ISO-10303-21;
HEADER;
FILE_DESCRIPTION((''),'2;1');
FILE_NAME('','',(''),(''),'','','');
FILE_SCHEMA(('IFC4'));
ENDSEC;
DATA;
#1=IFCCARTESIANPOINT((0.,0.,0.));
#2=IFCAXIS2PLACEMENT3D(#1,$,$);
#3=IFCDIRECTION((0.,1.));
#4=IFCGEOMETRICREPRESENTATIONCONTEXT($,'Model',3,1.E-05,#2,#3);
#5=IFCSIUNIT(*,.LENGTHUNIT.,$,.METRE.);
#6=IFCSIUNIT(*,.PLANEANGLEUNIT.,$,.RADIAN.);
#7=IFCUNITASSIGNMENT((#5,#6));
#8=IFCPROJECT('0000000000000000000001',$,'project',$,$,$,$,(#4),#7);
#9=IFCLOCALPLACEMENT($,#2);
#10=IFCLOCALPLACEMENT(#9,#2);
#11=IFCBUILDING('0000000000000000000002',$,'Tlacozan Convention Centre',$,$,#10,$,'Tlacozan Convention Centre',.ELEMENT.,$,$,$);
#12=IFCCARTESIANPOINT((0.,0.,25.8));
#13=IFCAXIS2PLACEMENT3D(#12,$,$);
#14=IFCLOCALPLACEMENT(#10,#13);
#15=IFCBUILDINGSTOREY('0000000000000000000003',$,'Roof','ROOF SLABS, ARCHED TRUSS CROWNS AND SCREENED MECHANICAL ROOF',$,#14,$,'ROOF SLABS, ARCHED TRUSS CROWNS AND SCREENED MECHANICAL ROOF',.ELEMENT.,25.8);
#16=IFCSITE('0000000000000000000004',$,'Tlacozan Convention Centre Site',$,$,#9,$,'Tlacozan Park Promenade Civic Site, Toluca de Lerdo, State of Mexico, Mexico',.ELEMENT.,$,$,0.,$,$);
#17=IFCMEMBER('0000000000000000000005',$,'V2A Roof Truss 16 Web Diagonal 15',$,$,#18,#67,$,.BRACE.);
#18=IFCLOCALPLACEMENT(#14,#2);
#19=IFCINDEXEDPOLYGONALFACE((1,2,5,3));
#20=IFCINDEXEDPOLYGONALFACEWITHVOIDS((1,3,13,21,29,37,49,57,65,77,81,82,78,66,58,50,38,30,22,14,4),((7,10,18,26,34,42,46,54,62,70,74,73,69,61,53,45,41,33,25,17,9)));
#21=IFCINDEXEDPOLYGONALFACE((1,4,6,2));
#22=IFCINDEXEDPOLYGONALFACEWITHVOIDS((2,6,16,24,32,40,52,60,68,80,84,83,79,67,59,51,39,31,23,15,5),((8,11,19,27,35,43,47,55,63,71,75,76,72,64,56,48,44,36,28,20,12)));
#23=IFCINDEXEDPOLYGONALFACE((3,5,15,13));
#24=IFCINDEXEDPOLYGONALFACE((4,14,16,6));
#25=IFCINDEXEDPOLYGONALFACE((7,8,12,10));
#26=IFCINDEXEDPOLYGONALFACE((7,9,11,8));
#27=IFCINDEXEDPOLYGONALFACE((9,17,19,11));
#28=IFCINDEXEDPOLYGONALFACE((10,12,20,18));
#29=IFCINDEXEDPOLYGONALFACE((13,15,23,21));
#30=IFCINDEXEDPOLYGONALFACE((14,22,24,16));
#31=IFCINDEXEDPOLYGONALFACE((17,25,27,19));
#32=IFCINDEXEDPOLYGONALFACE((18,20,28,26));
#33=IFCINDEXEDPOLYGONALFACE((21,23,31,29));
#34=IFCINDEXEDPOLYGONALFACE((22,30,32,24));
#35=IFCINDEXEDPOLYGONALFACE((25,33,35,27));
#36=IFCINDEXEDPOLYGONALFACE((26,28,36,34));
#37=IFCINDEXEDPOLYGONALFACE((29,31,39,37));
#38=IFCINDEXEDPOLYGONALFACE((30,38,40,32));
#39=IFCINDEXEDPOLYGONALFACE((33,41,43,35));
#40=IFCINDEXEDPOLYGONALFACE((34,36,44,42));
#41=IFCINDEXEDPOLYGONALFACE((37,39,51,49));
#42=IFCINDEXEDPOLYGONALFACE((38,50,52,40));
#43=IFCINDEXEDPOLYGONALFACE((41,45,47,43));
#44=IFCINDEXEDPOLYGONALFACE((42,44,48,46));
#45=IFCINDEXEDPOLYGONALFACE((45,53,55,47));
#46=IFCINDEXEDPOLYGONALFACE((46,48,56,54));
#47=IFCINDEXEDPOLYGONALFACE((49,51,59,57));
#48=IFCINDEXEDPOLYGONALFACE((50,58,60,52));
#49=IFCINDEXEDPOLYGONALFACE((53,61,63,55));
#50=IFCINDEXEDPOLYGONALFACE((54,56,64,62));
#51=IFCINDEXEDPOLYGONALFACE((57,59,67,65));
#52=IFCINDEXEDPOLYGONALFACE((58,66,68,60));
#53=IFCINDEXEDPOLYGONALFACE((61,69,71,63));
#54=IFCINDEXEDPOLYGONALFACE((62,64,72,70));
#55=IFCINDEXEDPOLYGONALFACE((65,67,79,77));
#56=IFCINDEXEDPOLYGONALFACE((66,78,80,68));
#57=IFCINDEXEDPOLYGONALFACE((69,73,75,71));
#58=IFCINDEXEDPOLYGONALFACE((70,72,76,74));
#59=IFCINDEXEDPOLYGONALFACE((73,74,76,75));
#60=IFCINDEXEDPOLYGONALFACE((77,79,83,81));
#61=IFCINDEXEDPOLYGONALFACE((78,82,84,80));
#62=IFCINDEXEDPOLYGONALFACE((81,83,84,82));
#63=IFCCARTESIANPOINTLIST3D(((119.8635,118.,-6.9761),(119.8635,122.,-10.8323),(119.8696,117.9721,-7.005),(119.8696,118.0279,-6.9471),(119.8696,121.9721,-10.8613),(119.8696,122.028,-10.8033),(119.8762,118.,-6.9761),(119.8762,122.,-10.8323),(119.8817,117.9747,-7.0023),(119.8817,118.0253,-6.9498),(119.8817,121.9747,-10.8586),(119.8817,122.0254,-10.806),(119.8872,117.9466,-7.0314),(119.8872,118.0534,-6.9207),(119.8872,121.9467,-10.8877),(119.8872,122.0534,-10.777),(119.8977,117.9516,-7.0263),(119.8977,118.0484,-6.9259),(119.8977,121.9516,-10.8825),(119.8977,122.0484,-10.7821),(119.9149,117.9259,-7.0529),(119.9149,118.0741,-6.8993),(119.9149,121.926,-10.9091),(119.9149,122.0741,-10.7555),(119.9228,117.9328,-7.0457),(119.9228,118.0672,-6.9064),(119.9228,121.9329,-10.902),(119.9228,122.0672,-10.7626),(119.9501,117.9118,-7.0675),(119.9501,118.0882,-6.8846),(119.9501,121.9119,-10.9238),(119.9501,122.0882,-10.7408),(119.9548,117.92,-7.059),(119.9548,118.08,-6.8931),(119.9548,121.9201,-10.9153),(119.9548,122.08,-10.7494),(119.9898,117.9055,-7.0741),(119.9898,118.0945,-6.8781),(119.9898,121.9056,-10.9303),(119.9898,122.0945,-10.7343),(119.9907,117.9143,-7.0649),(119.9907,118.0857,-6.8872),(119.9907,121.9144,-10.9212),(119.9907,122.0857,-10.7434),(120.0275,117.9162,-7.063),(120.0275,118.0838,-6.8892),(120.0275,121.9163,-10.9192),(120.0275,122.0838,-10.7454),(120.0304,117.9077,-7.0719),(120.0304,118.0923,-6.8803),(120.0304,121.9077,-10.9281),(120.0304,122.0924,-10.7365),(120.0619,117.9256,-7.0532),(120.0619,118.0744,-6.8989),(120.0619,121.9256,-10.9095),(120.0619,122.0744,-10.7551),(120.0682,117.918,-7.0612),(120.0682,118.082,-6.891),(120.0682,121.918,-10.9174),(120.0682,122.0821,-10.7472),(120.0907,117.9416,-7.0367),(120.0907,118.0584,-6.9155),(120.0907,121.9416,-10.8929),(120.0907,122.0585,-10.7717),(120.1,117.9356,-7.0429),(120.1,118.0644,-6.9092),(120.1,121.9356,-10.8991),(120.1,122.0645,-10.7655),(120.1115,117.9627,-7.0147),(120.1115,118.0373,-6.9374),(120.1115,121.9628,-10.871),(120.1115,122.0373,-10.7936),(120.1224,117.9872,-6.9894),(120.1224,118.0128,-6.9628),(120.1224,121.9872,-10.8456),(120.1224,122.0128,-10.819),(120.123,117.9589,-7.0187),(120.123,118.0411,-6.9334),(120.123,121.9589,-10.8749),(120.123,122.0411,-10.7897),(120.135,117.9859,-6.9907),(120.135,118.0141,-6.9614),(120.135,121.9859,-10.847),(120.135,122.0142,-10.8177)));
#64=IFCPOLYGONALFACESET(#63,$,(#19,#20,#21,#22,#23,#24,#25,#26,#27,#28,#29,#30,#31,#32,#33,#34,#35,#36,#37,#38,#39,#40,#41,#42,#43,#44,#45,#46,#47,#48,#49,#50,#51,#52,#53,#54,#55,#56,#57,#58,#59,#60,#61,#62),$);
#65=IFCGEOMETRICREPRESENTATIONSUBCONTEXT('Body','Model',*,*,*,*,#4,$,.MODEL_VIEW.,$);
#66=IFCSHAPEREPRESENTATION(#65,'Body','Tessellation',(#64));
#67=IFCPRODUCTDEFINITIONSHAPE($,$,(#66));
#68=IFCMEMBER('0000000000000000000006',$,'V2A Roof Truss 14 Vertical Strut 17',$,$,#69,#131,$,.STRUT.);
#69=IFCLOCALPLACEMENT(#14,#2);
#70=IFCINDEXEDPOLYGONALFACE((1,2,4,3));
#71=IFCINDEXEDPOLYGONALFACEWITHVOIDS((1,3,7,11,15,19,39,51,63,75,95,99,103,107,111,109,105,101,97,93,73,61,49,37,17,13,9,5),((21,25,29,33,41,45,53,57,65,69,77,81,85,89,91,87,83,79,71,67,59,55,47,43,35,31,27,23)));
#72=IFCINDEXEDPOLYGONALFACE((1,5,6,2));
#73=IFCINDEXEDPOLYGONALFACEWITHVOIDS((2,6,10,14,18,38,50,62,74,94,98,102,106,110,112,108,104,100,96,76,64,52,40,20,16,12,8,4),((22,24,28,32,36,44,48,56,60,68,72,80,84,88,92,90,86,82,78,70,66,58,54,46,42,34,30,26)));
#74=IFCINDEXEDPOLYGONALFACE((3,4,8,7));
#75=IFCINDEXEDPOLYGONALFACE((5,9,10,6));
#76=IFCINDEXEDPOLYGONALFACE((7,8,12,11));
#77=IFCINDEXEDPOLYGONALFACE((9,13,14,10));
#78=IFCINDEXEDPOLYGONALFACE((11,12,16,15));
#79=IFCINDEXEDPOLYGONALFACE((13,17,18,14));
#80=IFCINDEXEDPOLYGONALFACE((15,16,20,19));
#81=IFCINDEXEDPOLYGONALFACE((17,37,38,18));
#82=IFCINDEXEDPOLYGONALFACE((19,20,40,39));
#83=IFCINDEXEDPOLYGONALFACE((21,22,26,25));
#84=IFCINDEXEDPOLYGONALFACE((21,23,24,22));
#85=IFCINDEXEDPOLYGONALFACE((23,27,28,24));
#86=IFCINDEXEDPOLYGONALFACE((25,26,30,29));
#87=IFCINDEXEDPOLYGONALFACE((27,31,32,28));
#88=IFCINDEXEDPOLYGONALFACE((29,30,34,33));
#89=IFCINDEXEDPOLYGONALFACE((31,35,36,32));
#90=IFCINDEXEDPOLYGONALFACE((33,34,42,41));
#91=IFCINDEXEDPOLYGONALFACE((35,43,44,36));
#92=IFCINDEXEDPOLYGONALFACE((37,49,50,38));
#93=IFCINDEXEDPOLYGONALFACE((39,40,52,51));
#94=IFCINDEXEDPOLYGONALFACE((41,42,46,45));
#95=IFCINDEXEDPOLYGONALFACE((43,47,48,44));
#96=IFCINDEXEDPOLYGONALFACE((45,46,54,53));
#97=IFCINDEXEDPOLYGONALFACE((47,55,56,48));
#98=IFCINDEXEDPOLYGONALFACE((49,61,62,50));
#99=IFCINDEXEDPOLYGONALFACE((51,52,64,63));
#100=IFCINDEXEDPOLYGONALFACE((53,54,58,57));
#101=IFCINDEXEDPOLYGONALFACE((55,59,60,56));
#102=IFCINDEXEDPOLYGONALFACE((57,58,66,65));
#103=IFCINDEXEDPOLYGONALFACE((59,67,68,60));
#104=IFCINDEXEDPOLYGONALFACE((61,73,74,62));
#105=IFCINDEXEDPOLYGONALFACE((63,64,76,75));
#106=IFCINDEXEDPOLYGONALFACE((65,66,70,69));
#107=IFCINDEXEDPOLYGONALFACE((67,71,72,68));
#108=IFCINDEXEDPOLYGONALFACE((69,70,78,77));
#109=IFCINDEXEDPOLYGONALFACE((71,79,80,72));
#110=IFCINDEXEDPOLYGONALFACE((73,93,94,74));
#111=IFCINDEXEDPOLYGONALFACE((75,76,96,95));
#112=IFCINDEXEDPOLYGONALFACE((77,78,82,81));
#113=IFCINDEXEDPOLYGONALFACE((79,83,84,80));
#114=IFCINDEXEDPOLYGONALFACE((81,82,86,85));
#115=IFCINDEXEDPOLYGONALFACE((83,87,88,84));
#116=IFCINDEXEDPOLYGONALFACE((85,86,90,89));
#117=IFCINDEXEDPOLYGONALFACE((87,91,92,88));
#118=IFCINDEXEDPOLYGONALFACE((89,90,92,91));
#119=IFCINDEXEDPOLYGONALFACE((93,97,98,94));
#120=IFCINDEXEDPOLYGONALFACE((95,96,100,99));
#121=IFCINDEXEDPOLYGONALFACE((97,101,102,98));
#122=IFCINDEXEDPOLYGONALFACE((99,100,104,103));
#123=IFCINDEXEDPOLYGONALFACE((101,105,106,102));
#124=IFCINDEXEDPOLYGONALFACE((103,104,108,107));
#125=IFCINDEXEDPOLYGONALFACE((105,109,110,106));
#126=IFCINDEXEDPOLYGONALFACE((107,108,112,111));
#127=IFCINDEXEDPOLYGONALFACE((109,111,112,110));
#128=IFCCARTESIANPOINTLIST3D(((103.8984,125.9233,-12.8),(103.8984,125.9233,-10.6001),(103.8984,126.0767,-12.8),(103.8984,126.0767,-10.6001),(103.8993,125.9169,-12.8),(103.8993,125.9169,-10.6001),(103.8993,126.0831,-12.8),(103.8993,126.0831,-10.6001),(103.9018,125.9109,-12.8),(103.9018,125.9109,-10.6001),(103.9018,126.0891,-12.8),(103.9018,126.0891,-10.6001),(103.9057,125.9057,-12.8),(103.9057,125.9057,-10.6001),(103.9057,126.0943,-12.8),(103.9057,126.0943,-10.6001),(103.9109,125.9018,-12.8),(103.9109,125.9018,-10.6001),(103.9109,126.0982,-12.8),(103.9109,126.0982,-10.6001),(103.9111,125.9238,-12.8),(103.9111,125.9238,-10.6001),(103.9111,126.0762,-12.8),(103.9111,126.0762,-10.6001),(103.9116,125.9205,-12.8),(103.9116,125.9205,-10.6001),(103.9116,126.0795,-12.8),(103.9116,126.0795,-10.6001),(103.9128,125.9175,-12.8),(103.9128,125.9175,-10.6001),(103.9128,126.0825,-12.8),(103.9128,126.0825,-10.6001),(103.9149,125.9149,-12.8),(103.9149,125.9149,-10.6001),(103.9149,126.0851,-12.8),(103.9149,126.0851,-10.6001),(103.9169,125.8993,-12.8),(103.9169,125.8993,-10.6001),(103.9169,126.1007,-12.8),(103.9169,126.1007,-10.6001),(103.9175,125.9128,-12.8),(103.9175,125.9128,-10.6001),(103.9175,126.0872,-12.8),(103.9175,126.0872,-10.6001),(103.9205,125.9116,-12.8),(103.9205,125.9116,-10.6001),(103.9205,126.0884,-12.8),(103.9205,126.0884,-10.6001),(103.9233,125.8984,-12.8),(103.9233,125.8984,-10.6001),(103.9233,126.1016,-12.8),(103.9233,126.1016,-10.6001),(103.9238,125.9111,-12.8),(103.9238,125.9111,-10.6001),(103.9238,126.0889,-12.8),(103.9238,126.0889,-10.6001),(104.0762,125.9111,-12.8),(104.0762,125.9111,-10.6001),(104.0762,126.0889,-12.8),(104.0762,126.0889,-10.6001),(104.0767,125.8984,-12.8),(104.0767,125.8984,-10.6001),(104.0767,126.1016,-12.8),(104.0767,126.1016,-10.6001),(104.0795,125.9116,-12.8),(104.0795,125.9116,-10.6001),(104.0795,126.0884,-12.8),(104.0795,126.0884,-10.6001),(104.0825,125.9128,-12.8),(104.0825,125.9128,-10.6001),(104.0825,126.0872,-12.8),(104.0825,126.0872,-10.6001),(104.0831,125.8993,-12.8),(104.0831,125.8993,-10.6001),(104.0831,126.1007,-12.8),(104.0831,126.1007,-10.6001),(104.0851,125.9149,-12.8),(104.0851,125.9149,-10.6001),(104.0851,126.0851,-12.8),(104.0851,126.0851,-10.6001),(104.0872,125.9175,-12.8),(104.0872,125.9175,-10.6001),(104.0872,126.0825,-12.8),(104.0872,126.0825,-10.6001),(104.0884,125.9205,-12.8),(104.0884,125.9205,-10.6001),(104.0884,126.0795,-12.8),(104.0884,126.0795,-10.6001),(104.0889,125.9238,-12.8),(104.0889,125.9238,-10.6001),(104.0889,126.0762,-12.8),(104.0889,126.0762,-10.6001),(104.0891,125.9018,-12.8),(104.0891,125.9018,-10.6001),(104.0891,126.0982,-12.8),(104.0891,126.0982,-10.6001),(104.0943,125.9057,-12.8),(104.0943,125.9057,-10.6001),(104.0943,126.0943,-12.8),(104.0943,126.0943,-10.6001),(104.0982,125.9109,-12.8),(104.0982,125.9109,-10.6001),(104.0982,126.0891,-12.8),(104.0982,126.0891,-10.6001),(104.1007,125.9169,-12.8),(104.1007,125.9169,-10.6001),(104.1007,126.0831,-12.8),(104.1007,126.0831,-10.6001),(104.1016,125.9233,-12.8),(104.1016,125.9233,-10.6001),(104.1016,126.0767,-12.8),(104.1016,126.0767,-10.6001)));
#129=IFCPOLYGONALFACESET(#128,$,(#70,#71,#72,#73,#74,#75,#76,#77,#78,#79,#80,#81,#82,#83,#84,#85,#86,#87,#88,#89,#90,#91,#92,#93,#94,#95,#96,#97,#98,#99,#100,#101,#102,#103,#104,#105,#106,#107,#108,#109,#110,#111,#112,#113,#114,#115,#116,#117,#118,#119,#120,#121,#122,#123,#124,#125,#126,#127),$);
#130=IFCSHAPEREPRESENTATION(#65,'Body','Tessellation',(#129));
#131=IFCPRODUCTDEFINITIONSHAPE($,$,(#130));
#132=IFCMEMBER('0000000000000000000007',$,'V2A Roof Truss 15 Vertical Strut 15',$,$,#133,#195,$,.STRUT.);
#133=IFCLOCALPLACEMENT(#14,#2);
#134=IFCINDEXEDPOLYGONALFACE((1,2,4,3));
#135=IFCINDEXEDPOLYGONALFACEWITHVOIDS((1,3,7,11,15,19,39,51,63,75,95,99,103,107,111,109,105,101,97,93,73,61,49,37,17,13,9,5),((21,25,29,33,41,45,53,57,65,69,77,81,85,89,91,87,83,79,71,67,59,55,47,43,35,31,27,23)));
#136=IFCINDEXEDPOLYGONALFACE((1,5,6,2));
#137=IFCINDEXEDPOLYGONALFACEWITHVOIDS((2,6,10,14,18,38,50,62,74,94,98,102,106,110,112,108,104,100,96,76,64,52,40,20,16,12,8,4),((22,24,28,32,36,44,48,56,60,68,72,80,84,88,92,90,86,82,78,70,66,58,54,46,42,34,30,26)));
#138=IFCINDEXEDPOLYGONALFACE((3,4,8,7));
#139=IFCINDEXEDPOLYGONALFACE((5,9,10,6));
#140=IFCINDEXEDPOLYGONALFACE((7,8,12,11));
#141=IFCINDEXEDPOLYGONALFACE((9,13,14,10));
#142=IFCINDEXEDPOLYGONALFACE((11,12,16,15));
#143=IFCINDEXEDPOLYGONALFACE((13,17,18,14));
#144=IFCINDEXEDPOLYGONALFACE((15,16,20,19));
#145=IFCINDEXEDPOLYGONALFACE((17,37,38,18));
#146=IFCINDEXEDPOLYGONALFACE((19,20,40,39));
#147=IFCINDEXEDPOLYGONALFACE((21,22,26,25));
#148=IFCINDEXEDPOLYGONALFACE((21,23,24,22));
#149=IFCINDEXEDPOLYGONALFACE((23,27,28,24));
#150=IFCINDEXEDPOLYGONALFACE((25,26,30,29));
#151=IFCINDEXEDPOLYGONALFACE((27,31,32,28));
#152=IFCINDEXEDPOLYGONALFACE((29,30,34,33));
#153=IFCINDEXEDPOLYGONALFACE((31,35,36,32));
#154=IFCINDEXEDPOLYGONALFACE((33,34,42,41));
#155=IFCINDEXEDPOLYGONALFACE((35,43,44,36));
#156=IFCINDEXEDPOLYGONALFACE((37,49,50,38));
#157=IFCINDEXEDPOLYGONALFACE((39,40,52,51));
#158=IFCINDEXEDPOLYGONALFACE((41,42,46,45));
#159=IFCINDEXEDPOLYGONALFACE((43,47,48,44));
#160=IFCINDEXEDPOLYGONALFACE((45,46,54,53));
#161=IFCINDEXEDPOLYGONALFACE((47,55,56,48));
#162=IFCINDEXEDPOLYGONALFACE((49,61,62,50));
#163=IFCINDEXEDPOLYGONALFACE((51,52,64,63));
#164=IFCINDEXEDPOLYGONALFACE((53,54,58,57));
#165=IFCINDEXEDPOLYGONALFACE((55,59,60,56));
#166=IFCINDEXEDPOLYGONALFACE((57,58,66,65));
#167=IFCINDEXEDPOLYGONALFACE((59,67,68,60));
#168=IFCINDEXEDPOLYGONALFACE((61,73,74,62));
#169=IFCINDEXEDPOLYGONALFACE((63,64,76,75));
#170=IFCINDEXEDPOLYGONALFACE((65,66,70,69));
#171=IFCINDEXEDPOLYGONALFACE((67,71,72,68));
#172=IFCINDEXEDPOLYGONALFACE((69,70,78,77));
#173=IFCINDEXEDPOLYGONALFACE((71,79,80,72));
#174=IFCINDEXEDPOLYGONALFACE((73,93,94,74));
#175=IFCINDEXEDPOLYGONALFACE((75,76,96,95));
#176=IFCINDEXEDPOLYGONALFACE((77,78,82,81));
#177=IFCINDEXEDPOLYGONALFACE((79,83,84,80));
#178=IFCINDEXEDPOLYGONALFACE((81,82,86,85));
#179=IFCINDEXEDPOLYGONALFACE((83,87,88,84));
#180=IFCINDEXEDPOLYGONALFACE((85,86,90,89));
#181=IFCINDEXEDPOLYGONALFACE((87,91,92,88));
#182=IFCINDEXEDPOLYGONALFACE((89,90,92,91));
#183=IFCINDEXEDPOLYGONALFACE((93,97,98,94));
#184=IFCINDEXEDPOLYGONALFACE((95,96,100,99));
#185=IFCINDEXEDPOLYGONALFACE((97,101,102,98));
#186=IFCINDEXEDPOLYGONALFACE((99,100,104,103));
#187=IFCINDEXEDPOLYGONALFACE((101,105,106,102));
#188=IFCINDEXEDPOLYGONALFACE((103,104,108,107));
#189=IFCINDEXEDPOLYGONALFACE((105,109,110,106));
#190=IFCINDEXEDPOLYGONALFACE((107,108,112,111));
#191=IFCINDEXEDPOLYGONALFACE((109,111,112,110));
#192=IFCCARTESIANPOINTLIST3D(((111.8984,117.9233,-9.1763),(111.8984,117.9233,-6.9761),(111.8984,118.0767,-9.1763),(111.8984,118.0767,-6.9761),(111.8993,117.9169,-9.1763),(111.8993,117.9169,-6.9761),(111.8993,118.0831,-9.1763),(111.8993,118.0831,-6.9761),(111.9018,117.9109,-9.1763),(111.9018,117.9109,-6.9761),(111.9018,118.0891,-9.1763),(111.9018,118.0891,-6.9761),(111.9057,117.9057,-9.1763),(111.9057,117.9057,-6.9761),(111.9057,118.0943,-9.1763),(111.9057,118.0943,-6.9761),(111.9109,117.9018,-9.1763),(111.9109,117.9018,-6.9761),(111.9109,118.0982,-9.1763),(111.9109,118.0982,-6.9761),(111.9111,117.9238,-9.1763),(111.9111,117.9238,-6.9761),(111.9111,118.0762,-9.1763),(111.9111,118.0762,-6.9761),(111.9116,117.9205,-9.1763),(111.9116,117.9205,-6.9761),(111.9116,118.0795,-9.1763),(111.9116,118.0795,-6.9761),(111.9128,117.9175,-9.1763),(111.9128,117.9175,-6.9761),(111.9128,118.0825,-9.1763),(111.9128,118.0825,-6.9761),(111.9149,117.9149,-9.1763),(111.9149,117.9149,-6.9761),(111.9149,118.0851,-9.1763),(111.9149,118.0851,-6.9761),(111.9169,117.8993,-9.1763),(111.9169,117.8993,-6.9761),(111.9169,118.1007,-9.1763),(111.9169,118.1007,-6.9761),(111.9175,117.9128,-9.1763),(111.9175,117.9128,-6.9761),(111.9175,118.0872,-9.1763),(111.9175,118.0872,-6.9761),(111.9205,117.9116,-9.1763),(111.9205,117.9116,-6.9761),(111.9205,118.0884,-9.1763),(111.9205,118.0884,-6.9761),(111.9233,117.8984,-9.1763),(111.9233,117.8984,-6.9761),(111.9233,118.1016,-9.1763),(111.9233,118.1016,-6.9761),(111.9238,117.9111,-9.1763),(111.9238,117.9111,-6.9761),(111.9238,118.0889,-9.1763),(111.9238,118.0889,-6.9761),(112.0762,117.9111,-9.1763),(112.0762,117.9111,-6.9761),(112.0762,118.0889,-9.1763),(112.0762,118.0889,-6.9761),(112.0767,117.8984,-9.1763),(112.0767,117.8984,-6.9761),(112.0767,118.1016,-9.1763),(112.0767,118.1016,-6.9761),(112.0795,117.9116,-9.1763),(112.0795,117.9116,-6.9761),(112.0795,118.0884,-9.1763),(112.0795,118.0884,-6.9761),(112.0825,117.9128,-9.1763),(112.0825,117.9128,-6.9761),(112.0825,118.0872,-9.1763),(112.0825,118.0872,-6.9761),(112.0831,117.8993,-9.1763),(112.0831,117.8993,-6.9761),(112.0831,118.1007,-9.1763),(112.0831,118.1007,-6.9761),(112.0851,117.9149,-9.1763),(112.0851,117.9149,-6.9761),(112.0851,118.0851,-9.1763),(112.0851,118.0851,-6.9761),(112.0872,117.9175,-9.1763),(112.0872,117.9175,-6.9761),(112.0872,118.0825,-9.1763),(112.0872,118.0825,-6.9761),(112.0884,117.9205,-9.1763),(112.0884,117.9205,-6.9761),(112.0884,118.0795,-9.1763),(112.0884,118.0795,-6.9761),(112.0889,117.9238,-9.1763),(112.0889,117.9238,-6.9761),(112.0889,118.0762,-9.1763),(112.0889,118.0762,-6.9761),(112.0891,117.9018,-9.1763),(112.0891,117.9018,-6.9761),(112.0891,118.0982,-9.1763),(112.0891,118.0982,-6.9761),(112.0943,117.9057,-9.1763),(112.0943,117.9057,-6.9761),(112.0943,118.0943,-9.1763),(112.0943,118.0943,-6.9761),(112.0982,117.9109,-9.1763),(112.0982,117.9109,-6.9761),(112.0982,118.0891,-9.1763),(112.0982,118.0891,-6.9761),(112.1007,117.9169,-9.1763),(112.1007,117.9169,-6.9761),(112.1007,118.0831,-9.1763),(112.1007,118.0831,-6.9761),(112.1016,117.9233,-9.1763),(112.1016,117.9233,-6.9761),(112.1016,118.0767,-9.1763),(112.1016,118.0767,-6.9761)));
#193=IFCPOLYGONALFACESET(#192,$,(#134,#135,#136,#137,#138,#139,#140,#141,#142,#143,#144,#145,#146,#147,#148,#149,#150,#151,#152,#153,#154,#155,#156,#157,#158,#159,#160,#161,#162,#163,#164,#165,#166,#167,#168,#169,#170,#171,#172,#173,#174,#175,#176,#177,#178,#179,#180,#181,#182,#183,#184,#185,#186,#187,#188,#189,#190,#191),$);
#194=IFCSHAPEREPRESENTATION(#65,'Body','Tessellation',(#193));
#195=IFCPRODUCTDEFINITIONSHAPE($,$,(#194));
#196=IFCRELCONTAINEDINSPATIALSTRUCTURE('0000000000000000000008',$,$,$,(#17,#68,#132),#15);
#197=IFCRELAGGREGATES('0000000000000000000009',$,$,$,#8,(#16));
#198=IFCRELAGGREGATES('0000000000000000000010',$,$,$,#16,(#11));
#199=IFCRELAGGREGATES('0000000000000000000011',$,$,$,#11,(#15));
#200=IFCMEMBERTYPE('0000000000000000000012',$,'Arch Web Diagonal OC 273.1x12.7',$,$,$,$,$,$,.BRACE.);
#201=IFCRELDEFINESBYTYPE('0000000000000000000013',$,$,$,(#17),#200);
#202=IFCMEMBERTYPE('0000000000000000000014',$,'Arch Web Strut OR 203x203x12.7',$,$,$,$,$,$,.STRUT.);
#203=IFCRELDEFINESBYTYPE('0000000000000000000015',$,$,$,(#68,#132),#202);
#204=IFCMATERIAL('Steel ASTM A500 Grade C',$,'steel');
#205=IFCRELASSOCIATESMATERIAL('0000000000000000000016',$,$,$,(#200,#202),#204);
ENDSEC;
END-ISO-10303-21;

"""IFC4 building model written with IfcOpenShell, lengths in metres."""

from ifc_helpers import new_model, si_unit, direction, frame, origin, origin_2d, place, context, subcontext, project, spatial, hollow_rectangle, hollow_circle, extrude, material, material_profile, profile_set, type_object, element, save


model = new_model("IFC4")

# Units and contexts
model_context = context("Model", 3, precision=1e-05, world=origin(), true_north=direction((0.0, 1.0)))
body_context = subcontext(model_context, "Body", "Model", "MODEL_VIEW")
ifc_project = project(units=[si_unit("LENGTHUNIT", "METRE"), si_unit("PLANEANGLEUNIT", "RADIAN")], contexts=[model_context])

# Site, building, storey
site_placement = place(None, origin())
site = spatial("IfcSite", under=ifc_project, at=site_placement, Name="Tlacozan Convention Centre Site", LongName="Tlacozan Park Promenade Civic Site, Toluca de Lerdo, State of Mexico, Mexico", CompositionType="ELEMENT", RefElevation=0.0)
building_placement = place(site_placement, origin())
building = spatial("IfcBuilding", under=site, at=building_placement, Name="Tlacozan Convention Centre", LongName="Tlacozan Convention Centre", CompositionType="ELEMENT")
storey_placement = place(building_placement, frame((0.0, 0.0, 25.8)))
storey = spatial("IfcBuildingStorey", under=building, at=storey_placement, Name="Roof", Description="ROOF SLABS, ARCHED TRUSS CROWNS AND SCREENED MECHANICAL ROOF", LongName="ROOF SLABS, ARCHED TRUSS CROWNS AND SCREENED MECHANICAL ROOF", CompositionType="ELEMENT", Elevation=25.8)

# Members
ifc_material_1 = material(Name="Steel ASTM A500 Grade C", Category="steel")
ifc_material_profile_1 = material_profile(ifc_material_1, hollow_circle(Radius=0.1365, WallThickness=0.0127, at=origin_2d()), Name="OC 273.1x12.7")
ifc_profile_set_1 = profile_set([ifc_material_profile_1], Name="Steel ASTM A500 Grade C")
member_type_1 = type_object("IfcMemberType", Name="Arch Web Diagonal OC 273.1x12.7", PredefinedType="BRACE", material=ifc_profile_set_1)
member_1_placement = place(storey_placement, frame((120.0, 118.0, -6.9761), z_axis=(0.0, 0.719929, -0.694048), x_axis=(-1.0, 0.0, 0.0)))
element("IfcMember", 1, at=member_1_placement, inside=storey, type_object=member_type_1, Name="V2A Roof Truss 16 Web Diagonal 15", PredefinedType="BRACE", context=body_context, shape_type="SweptSolid", body=[
    extrude(hollow_circle(Radius=0.1365, WallThickness=0.0127, at=origin_2d()), origin(), (0.0, 0.0, 1.0), 5.5562),
])
ifc_material_profile_2 = material_profile(ifc_material_1, hollow_rectangle(XDim=0.2031, YDim=0.2031, WallThickness=0.0127, InnerFilletRadius=0.0127, OuterFilletRadius=0.0249, at=origin_2d()), Name="OR 203x203x12.7")
ifc_profile_set_2 = profile_set([ifc_material_profile_2], Name="Steel ASTM A500 Grade C")
member_type_2 = type_object("IfcMemberType", Name="Arch Web Strut OR 203x203x12.7", PredefinedType="STRUT", material=ifc_profile_set_2)
member_2_placement = place(storey_placement, frame((104.0, 126.0, -12.8), z_axis=(0.0, 0.0, 1.0), x_axis=(1.0, 0.0, 0.0)))
element("IfcMember", 2, at=member_2_placement, inside=storey, type_object=member_type_2, Name="V2A Roof Truss 14 Vertical Strut 17", PredefinedType="STRUT", context=body_context, shape_type="SweptSolid", body=[
    extrude(hollow_rectangle(XDim=0.2031, YDim=0.2031, WallThickness=0.0127, InnerFilletRadius=0.0127, OuterFilletRadius=0.0249, at=origin_2d()), origin(), (0.0, 0.0, 1.0), 2.2),
])
member_3_placement = place(storey_placement, frame((112.0, 118.0, -9.1763), z_axis=(0.0, 0.0, 1.0), x_axis=(1.0, 0.0, 0.0)))
element("IfcMember", 3, at=member_3_placement, inside=storey, type_object=member_type_2, Name="V2A Roof Truss 15 Vertical Strut 15", PredefinedType="STRUT", context=body_context, shape_type="SweptSolid", body=[
    extrude(hollow_rectangle(XDim=0.2031, YDim=0.2031, WallThickness=0.0127, InnerFilletRadius=0.0127, OuterFilletRadius=0.0249, at=origin_2d()), origin(), (0.0, 0.0, 1.0), 2.2002),
])

save(model, "model.ifc")
